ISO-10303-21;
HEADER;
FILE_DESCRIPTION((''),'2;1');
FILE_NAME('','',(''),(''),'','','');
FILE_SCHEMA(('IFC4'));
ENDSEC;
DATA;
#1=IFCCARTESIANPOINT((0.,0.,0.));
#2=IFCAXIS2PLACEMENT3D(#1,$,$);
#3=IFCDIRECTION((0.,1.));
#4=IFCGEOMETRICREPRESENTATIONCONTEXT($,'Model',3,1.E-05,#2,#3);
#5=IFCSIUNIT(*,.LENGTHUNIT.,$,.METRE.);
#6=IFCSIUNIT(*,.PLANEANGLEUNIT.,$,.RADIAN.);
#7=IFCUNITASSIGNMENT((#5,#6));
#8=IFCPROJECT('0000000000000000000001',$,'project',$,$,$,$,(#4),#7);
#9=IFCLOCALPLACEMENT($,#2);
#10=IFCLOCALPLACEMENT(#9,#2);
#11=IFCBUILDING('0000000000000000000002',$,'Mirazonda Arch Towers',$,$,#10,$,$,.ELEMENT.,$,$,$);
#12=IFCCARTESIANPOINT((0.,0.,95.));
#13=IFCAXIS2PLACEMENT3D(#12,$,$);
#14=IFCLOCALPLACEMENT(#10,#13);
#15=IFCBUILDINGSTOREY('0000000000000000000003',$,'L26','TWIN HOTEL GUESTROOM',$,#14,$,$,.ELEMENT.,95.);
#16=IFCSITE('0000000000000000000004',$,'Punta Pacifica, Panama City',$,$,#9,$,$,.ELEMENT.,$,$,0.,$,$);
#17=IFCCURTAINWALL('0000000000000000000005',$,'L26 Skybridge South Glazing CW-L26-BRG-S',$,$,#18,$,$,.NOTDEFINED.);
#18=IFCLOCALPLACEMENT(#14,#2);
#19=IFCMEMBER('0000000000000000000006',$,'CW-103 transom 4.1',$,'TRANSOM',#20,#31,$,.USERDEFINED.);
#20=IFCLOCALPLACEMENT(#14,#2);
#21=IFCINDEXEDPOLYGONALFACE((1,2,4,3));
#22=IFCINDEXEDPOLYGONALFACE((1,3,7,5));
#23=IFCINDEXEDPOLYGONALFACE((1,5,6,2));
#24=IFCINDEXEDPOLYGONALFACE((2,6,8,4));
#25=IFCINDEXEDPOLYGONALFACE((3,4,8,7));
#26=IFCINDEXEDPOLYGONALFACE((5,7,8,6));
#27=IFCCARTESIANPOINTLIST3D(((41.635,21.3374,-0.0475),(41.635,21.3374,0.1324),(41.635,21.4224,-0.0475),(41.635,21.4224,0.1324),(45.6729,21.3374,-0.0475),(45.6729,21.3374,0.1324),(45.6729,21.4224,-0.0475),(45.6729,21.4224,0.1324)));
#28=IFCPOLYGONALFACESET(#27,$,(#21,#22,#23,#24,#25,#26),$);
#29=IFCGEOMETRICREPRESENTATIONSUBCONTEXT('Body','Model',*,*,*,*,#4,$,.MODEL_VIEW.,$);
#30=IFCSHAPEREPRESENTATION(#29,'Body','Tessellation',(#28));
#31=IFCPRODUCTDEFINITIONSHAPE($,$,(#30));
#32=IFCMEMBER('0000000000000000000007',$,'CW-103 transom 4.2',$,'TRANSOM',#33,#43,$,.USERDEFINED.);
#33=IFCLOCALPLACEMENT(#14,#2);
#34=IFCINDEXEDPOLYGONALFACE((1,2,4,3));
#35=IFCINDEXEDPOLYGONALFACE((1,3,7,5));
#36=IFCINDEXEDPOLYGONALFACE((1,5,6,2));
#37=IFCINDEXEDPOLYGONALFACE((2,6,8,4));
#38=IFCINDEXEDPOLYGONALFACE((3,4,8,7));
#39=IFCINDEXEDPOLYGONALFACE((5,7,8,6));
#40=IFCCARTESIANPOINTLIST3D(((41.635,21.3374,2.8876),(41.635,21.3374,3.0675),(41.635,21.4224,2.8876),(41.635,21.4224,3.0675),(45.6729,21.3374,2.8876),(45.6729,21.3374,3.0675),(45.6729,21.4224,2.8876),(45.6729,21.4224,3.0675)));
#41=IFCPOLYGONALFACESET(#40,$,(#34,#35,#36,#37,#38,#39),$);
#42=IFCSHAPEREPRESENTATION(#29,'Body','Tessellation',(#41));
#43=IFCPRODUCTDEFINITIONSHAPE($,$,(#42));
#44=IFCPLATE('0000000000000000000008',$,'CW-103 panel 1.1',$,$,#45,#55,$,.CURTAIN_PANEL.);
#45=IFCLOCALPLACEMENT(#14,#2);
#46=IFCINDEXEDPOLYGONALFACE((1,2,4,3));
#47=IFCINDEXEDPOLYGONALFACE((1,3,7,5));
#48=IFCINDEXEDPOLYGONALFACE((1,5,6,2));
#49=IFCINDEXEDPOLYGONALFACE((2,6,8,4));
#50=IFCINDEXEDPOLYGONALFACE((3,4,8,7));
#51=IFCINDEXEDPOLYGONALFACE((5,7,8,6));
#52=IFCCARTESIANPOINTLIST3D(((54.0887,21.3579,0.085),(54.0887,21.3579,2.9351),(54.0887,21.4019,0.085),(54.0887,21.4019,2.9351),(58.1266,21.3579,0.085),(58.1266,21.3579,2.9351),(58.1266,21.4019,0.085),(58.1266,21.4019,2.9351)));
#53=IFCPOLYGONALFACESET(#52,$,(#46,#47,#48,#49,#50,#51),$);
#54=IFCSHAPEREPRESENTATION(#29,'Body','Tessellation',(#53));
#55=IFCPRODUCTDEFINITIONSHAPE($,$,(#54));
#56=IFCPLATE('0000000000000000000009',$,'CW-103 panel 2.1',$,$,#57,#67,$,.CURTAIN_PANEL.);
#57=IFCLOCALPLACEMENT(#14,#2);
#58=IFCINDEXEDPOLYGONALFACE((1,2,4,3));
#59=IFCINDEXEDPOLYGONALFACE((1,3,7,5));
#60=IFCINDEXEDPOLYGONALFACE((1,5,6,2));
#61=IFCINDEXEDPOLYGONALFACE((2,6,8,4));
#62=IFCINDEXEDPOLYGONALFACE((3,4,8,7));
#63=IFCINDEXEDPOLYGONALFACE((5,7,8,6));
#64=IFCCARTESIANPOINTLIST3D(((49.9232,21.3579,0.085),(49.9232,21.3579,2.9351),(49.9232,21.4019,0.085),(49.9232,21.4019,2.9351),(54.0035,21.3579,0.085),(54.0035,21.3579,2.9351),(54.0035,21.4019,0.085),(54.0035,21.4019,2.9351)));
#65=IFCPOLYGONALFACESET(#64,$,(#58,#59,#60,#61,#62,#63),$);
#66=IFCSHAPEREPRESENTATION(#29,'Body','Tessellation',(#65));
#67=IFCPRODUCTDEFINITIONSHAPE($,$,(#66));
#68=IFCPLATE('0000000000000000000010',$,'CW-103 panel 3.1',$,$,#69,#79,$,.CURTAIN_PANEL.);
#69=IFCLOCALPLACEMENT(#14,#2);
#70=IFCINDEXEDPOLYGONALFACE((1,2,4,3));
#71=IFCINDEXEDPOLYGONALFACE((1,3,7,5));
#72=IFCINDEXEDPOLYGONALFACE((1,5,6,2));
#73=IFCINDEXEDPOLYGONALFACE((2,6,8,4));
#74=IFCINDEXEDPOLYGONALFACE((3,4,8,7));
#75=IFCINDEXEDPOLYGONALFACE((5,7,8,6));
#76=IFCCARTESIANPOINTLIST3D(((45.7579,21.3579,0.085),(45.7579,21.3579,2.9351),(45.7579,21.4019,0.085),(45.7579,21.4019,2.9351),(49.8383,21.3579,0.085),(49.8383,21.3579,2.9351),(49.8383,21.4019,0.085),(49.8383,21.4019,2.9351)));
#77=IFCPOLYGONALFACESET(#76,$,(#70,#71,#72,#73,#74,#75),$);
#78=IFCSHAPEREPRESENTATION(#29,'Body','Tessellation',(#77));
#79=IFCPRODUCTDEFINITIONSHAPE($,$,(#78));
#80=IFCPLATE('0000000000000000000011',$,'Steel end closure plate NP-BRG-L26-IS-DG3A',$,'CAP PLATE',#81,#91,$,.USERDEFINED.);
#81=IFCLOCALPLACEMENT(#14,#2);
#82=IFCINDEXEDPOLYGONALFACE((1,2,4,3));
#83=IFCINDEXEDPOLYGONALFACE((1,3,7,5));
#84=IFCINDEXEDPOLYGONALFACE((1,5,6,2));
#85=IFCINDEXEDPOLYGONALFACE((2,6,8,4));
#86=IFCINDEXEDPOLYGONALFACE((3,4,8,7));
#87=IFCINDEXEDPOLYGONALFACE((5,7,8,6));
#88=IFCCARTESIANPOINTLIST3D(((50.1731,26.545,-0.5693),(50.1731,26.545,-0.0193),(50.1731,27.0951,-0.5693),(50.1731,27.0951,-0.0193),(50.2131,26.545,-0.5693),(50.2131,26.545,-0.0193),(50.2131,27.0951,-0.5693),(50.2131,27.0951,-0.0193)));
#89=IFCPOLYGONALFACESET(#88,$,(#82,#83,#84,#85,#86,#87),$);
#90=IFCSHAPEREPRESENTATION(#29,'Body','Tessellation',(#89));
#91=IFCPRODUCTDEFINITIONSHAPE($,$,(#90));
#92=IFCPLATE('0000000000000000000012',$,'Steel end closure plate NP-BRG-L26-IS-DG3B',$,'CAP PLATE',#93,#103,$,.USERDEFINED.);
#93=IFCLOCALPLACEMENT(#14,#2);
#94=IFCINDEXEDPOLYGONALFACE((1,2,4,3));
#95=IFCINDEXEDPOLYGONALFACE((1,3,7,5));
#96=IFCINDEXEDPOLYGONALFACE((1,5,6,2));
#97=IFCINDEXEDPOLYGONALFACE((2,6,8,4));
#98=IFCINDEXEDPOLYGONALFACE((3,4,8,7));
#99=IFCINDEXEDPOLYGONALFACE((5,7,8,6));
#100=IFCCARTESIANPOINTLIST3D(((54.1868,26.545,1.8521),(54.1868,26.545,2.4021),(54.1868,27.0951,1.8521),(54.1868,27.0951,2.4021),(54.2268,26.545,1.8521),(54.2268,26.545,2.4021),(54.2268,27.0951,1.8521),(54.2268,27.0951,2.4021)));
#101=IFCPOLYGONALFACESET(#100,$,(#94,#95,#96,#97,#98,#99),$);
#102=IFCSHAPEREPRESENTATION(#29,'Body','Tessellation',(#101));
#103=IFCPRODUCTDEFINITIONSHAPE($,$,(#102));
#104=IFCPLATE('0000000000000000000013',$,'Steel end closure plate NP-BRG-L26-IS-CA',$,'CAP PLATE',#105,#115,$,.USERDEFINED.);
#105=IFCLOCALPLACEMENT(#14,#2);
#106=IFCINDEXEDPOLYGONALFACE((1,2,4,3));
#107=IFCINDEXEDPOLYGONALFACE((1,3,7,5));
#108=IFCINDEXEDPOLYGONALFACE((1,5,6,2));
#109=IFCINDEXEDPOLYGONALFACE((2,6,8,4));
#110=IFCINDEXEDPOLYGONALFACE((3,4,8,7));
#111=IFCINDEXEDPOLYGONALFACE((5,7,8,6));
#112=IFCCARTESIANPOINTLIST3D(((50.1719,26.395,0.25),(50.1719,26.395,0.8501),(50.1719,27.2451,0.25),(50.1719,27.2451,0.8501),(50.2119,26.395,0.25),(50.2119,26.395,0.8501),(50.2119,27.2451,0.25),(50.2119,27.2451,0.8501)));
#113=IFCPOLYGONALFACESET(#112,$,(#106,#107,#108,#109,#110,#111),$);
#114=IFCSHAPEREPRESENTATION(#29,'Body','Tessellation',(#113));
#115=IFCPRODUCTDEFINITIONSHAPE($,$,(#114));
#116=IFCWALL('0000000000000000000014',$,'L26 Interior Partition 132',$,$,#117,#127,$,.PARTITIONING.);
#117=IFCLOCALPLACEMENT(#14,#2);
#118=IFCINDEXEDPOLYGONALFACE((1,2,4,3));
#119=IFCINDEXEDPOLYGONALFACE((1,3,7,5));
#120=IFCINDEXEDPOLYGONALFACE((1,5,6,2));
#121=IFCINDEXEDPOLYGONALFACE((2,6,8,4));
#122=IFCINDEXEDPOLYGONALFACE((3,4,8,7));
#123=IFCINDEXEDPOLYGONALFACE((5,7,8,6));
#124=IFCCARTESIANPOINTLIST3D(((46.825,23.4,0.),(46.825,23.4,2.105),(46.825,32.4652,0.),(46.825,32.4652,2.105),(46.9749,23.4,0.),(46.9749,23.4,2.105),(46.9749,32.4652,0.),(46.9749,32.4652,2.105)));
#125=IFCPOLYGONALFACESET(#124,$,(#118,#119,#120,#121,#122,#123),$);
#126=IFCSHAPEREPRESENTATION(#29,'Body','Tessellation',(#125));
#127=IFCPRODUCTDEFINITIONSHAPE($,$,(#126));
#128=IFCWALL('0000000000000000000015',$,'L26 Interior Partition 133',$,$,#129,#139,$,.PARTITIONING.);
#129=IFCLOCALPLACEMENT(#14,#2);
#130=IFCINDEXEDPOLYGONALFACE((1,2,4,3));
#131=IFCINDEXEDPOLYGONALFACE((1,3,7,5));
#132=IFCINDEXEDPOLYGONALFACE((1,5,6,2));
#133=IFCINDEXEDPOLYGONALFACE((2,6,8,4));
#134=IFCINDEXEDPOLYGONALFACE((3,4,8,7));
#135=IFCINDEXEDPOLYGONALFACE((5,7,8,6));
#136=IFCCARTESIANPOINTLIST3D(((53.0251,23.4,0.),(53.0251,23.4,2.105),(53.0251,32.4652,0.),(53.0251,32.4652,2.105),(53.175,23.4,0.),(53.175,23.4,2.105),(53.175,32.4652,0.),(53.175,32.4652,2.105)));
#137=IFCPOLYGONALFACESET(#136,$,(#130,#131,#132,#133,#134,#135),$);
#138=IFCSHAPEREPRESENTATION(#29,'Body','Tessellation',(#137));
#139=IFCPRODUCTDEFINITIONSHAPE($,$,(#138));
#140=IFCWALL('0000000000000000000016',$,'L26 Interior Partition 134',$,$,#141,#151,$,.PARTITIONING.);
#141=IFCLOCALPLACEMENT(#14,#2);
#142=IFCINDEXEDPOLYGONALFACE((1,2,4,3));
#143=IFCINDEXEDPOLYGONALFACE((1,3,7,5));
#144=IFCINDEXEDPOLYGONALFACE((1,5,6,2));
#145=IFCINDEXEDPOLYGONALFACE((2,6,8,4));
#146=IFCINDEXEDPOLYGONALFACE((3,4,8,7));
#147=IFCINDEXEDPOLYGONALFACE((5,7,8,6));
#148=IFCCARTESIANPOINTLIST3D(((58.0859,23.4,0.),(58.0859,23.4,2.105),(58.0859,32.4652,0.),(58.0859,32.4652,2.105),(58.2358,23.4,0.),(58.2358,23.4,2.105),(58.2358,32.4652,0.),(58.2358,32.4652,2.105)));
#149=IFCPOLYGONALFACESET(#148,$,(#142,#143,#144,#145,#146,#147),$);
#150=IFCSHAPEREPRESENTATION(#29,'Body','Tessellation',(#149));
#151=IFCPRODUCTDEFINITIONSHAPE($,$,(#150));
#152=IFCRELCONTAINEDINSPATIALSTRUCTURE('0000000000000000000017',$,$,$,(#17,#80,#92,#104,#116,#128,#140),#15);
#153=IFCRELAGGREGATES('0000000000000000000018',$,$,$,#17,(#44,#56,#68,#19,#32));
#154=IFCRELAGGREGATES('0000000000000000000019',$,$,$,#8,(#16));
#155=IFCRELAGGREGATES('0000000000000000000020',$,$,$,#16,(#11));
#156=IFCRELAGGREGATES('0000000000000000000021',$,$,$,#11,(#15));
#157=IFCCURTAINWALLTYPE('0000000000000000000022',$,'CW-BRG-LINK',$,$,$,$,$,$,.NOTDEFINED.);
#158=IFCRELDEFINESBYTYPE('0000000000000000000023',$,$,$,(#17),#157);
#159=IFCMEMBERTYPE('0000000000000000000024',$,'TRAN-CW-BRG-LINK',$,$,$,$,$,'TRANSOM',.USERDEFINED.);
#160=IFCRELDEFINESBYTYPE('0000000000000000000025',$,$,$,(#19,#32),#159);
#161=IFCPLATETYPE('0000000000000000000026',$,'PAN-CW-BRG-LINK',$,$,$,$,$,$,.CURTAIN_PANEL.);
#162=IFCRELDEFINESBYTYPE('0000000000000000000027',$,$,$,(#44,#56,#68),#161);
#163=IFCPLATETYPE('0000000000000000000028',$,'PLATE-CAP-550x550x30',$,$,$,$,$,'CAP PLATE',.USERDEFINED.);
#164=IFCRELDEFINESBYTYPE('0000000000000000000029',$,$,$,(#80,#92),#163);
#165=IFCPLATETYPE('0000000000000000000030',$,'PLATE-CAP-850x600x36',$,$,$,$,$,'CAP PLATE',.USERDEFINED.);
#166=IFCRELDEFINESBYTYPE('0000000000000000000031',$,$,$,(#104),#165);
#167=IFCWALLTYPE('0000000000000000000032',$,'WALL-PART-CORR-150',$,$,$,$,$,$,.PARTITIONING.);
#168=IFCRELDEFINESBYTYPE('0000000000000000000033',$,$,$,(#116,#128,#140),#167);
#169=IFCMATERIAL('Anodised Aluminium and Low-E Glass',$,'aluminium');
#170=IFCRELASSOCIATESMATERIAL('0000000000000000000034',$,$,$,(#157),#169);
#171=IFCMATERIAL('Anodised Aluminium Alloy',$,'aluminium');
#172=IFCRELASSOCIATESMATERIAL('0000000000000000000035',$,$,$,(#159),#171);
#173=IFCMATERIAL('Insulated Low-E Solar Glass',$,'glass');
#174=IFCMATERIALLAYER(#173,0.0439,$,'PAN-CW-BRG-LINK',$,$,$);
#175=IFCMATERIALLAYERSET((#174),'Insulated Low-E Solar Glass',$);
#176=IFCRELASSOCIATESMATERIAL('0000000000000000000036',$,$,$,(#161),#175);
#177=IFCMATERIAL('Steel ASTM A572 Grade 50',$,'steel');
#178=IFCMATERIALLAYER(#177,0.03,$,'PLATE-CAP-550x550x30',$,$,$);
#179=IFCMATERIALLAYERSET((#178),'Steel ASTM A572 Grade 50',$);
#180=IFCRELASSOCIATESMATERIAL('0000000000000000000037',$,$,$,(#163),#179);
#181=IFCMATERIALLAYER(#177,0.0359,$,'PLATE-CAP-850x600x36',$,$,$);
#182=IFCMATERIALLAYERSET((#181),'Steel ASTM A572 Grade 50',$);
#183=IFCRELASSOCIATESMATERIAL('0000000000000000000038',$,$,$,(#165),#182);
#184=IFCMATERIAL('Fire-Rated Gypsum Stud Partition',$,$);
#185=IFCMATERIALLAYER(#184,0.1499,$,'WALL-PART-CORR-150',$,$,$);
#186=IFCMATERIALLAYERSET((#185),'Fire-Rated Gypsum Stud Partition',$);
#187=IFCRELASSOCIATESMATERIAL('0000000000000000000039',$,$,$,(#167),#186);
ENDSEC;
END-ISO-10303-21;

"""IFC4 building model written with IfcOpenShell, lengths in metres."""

from ifc_helpers import new_model, si_unit, direction, frame, frame_2d, origin, origin_2d, place, context, subcontext, project, spatial, rectangle, extrude, material, layer, layer_set, material_profile, profile_set, type_object, element, aggregate, save


model = new_model("IFC4")

# Units and contexts
model_context = context("Model", 3, precision=1e-05, world=origin(), true_north=direction((0.0, 1.0)))
body_context = subcontext(model_context, "Body", "Model", "MODEL_VIEW")
ifc_project = project(units=[si_unit("LENGTHUNIT", "METRE"), si_unit("PLANEANGLEUNIT", "RADIAN")], contexts=[model_context])

# Site, building, storey
site_placement = place(None, origin())
site = spatial("IfcSite", under=ifc_project, at=site_placement, Name="Punta Pacifica, Panama City", CompositionType="ELEMENT", RefElevation=0.0)
building_placement = place(site_placement, origin())
building = spatial("IfcBuilding", under=site, at=building_placement, Name="Mirazonda Arch Towers", CompositionType="ELEMENT")
storey_placement = place(building_placement, frame((0.0, 0.0, 95.0)))
storey = spatial("IfcBuildingStorey", under=building, at=storey_placement, Name="L26", Description="TWIN HOTEL GUESTROOM", CompositionType="ELEMENT", Elevation=95.0)

# Shared definitions
ifc_material_1 = material(Name="Steel ASTM A572 Grade 50", Category="steel")

# Curtain wall, members, plates
ifc_material_2 = material(Name="Anodised Aluminium and Low-E Glass", Category="aluminium")
curtain_wall_type = type_object("IfcCurtainWallType", Name="CW-BRG-LINK", PredefinedType="NOTDEFINED", material=ifc_material_2)
curtain_wall_placement = place(storey_placement, origin())
curtain_wall = element("IfcCurtainWall", 1, at=curtain_wall_placement, inside=storey, type_object=curtain_wall_type, Name="L26 Skybridge South Glazing CW-L26-BRG-S", PredefinedType="NOTDEFINED")
ifc_material_3 = material(Name="Anodised Aluminium Alloy", Category="aluminium")
ifc_material_profile_1 = material_profile(ifc_material_3, rectangle(XDim=0.085, YDim=0.1799, at=origin_2d()), Name="ALU-TRAN-85x180")
ifc_profile_set_1 = profile_set([ifc_material_profile_1], Name="Anodised Aluminium Alloy")
member_type_1 = type_object("IfcMemberType", Name="TRAN-CW-BRG-LINK", ElementType="TRANSOM", PredefinedType="USERDEFINED", material=ifc_profile_set_1)
member_1_placement = place(storey_placement, frame((45.6729, 21.3799, 0.0425), z_axis=(-1.0, 0.0, 0.0), x_axis=(0.0, -1.0, 0.0)))
member_1 = element("IfcMember", 2, at=member_1_placement, type_object=member_type_1, Name="CW-103 transom 4.1", ObjectType="TRANSOM", PredefinedType="USERDEFINED", context=body_context, shape_type="SweptSolid", body=[
    extrude(rectangle(XDim=0.085, YDim=0.1799, at=origin_2d()), origin(), (0.0, 0.0, 1.0), 4.0378),
])
member_2_placement = place(storey_placement, frame((45.6729, 21.3799, 2.9775), z_axis=(-1.0, 0.0, 0.0), x_axis=(0.0, -1.0, 0.0)))
member_2 = element("IfcMember", 3, at=member_2_placement, type_object=member_type_1, Name="CW-103 transom 4.2", ObjectType="TRANSOM", PredefinedType="USERDEFINED", context=body_context, shape_type="SweptSolid", body=[
    extrude(rectangle(XDim=0.085, YDim=0.1799, at=origin_2d()), origin(), (0.0, 0.0, 1.0), 4.0378),
])
ifc_material_4 = material(Name="Insulated Low-E Solar Glass", Category="glass")
ifc_layer_1 = layer(ifc_material_4, 0.0439, Name="PAN-CW-BRG-LINK")
ifc_layer_set_1 = layer_set([ifc_layer_1], Name="Insulated Low-E Solar Glass")
plate_type_1 = type_object("IfcPlateType", Name="PAN-CW-BRG-LINK", PredefinedType="CURTAIN_PANEL", material=ifc_layer_set_1)
plate_1_placement = place(storey_placement, frame((56.1077, 21.3799, 0.085), z_axis=(0.0, 0.0, 1.0), x_axis=(-1.0, 0.0, 0.0)))
plate_1 = element("IfcPlate", 4, at=plate_1_placement, type_object=plate_type_1, Name="CW-103 panel 1.1", PredefinedType="CURTAIN_PANEL", context=body_context, shape_type="SweptSolid", body=[
    extrude(rectangle(XDim=4.0378, YDim=0.0439, at=origin_2d()), origin(), (0.0, 0.0, 1.0), 2.8501),
])
plate_2_placement = place(storey_placement, frame((51.9634, 21.3799, 0.085), z_axis=(0.0, 0.0, 1.0), x_axis=(-1.0, 0.0, 0.0)))
plate_2 = element("IfcPlate", 5, at=plate_2_placement, type_object=plate_type_1, Name="CW-103 panel 2.1", PredefinedType="CURTAIN_PANEL", context=body_context, shape_type="SweptSolid", body=[
    extrude(rectangle(XDim=4.0803, YDim=0.0439, at=origin_2d()), origin(), (0.0, 0.0, 1.0), 2.8501),
])
plate_3_placement = place(storey_placement, frame((47.7981, 21.3799, 0.085), z_axis=(0.0, 0.0, 1.0), x_axis=(-1.0, 0.0, 0.0)))
plate_3 = element("IfcPlate", 6, at=plate_3_placement, type_object=plate_type_1, Name="CW-103 panel 3.1", PredefinedType="CURTAIN_PANEL", context=body_context, shape_type="SweptSolid", body=[
    extrude(rectangle(XDim=4.0803, YDim=0.0439, at=origin_2d()), origin(), (0.0, 0.0, 1.0), 2.8501),
])
aggregate(curtain_wall, [plate_1, plate_2, plate_3, member_1, member_2])

# Plates
ifc_layer_2 = layer(ifc_material_1, 0.03, Name="PLATE-CAP-550x550x30")
ifc_layer_set_2 = layer_set([ifc_layer_2], Name="Steel ASTM A572 Grade 50")
plate_type_2 = type_object("IfcPlateType", Name="PLATE-CAP-550x550x30", ElementType="CAP PLATE", PredefinedType="USERDEFINED", material=ifc_layer_set_2)
for number, where, z_axis, x_axis, name in (
    (7, (50.1931, 26.8201, -0.5693), (0.0, 0.0, 1.0), (-1.0, 0.0, 0.0), "Steel end closure plate NP-BRG-L26-IS-DG3A"),
    (8, (54.2068, 26.8201, 1.8521), (0.0, 0.0, 1.0), (1.0, 0.0, 0.0), "Steel end closure plate NP-BRG-L26-IS-DG3B"),
):
    element("IfcPlate", number, at=place(storey_placement, frame(where, z_axis=z_axis, x_axis=x_axis)), inside=storey, type_object=plate_type_2, Name=name, ObjectType="CAP PLATE", PredefinedType="USERDEFINED", context=body_context, shape_type="SweptSolid", body=[
        extrude(rectangle(XDim=0.04, YDim=0.55, at=origin_2d()), origin(), (0.0, 0.0, 1.0), 0.55),
    ])
ifc_layer_3 = layer(ifc_material_1, 0.0359, Name="PLATE-CAP-850x600x36")
ifc_layer_set_3 = layer_set([ifc_layer_3], Name="Steel ASTM A572 Grade 50")
plate_type_3 = type_object("IfcPlateType", Name="PLATE-CAP-850x600x36", ElementType="CAP PLATE", PredefinedType="USERDEFINED", material=ifc_layer_set_3)
plate_4_placement = place(storey_placement, frame((50.1919, 26.8201, 0.25), z_axis=(0.0, 0.0, 1.0), x_axis=(-1.0, 0.0, 0.0)))
element("IfcPlate", 9, at=plate_4_placement, inside=storey, type_object=plate_type_3, Name="Steel end closure plate NP-BRG-L26-IS-CA", ObjectType="CAP PLATE", PredefinedType="USERDEFINED", context=body_context, shape_type="SweptSolid", body=[
    extrude(rectangle(XDim=0.04, YDim=0.8501, at=origin_2d()), origin(), (0.0, 0.0, 1.0), 0.6001),
])

# Walls
ifc_material_5 = material(Name="Fire-Rated Gypsum Stud Partition")
ifc_layer_4 = layer(ifc_material_5, 0.1499, Name="WALL-PART-CORR-150")
ifc_layer_set_4 = layer_set([ifc_layer_4], Name="Fire-Rated Gypsum Stud Partition")
wall_type = type_object("IfcWallType", Name="WALL-PART-CORR-150", PredefinedType="PARTITIONING", material=ifc_layer_set_4)
for number, where, z_axis, x_axis, name in (
    (10, (46.8999, 23.3999, 0.0), (0.0, 0.0, 1.0), (0.0, 1.0, 0.0), "L26 Interior Partition 132"),
    (11, (53.1001, 23.3999, 0.0), (0.0, 0.0, 1.0), (0.0, 1.0, 0.0), "L26 Interior Partition 133"),
    (12, (58.1609, 23.3999, 0.0), (0.0, 0.0, 1.0), (0.0, 1.0, 0.0), "L26 Interior Partition 134"),
):
    element("IfcWall", number, at=place(storey_placement, frame(where, z_axis=z_axis, x_axis=x_axis)), inside=storey, type_object=wall_type, Name=name, PredefinedType="PARTITIONING", context=body_context, shape_type="SweptSolid", body=[
        extrude(rectangle(XDim=9.0652, YDim=0.1499, at=frame_2d((4.5327, 0.0))), origin(), (0.0, 0.0, 1.0), 2.105),
    ])

save(model, "model.ifc")
